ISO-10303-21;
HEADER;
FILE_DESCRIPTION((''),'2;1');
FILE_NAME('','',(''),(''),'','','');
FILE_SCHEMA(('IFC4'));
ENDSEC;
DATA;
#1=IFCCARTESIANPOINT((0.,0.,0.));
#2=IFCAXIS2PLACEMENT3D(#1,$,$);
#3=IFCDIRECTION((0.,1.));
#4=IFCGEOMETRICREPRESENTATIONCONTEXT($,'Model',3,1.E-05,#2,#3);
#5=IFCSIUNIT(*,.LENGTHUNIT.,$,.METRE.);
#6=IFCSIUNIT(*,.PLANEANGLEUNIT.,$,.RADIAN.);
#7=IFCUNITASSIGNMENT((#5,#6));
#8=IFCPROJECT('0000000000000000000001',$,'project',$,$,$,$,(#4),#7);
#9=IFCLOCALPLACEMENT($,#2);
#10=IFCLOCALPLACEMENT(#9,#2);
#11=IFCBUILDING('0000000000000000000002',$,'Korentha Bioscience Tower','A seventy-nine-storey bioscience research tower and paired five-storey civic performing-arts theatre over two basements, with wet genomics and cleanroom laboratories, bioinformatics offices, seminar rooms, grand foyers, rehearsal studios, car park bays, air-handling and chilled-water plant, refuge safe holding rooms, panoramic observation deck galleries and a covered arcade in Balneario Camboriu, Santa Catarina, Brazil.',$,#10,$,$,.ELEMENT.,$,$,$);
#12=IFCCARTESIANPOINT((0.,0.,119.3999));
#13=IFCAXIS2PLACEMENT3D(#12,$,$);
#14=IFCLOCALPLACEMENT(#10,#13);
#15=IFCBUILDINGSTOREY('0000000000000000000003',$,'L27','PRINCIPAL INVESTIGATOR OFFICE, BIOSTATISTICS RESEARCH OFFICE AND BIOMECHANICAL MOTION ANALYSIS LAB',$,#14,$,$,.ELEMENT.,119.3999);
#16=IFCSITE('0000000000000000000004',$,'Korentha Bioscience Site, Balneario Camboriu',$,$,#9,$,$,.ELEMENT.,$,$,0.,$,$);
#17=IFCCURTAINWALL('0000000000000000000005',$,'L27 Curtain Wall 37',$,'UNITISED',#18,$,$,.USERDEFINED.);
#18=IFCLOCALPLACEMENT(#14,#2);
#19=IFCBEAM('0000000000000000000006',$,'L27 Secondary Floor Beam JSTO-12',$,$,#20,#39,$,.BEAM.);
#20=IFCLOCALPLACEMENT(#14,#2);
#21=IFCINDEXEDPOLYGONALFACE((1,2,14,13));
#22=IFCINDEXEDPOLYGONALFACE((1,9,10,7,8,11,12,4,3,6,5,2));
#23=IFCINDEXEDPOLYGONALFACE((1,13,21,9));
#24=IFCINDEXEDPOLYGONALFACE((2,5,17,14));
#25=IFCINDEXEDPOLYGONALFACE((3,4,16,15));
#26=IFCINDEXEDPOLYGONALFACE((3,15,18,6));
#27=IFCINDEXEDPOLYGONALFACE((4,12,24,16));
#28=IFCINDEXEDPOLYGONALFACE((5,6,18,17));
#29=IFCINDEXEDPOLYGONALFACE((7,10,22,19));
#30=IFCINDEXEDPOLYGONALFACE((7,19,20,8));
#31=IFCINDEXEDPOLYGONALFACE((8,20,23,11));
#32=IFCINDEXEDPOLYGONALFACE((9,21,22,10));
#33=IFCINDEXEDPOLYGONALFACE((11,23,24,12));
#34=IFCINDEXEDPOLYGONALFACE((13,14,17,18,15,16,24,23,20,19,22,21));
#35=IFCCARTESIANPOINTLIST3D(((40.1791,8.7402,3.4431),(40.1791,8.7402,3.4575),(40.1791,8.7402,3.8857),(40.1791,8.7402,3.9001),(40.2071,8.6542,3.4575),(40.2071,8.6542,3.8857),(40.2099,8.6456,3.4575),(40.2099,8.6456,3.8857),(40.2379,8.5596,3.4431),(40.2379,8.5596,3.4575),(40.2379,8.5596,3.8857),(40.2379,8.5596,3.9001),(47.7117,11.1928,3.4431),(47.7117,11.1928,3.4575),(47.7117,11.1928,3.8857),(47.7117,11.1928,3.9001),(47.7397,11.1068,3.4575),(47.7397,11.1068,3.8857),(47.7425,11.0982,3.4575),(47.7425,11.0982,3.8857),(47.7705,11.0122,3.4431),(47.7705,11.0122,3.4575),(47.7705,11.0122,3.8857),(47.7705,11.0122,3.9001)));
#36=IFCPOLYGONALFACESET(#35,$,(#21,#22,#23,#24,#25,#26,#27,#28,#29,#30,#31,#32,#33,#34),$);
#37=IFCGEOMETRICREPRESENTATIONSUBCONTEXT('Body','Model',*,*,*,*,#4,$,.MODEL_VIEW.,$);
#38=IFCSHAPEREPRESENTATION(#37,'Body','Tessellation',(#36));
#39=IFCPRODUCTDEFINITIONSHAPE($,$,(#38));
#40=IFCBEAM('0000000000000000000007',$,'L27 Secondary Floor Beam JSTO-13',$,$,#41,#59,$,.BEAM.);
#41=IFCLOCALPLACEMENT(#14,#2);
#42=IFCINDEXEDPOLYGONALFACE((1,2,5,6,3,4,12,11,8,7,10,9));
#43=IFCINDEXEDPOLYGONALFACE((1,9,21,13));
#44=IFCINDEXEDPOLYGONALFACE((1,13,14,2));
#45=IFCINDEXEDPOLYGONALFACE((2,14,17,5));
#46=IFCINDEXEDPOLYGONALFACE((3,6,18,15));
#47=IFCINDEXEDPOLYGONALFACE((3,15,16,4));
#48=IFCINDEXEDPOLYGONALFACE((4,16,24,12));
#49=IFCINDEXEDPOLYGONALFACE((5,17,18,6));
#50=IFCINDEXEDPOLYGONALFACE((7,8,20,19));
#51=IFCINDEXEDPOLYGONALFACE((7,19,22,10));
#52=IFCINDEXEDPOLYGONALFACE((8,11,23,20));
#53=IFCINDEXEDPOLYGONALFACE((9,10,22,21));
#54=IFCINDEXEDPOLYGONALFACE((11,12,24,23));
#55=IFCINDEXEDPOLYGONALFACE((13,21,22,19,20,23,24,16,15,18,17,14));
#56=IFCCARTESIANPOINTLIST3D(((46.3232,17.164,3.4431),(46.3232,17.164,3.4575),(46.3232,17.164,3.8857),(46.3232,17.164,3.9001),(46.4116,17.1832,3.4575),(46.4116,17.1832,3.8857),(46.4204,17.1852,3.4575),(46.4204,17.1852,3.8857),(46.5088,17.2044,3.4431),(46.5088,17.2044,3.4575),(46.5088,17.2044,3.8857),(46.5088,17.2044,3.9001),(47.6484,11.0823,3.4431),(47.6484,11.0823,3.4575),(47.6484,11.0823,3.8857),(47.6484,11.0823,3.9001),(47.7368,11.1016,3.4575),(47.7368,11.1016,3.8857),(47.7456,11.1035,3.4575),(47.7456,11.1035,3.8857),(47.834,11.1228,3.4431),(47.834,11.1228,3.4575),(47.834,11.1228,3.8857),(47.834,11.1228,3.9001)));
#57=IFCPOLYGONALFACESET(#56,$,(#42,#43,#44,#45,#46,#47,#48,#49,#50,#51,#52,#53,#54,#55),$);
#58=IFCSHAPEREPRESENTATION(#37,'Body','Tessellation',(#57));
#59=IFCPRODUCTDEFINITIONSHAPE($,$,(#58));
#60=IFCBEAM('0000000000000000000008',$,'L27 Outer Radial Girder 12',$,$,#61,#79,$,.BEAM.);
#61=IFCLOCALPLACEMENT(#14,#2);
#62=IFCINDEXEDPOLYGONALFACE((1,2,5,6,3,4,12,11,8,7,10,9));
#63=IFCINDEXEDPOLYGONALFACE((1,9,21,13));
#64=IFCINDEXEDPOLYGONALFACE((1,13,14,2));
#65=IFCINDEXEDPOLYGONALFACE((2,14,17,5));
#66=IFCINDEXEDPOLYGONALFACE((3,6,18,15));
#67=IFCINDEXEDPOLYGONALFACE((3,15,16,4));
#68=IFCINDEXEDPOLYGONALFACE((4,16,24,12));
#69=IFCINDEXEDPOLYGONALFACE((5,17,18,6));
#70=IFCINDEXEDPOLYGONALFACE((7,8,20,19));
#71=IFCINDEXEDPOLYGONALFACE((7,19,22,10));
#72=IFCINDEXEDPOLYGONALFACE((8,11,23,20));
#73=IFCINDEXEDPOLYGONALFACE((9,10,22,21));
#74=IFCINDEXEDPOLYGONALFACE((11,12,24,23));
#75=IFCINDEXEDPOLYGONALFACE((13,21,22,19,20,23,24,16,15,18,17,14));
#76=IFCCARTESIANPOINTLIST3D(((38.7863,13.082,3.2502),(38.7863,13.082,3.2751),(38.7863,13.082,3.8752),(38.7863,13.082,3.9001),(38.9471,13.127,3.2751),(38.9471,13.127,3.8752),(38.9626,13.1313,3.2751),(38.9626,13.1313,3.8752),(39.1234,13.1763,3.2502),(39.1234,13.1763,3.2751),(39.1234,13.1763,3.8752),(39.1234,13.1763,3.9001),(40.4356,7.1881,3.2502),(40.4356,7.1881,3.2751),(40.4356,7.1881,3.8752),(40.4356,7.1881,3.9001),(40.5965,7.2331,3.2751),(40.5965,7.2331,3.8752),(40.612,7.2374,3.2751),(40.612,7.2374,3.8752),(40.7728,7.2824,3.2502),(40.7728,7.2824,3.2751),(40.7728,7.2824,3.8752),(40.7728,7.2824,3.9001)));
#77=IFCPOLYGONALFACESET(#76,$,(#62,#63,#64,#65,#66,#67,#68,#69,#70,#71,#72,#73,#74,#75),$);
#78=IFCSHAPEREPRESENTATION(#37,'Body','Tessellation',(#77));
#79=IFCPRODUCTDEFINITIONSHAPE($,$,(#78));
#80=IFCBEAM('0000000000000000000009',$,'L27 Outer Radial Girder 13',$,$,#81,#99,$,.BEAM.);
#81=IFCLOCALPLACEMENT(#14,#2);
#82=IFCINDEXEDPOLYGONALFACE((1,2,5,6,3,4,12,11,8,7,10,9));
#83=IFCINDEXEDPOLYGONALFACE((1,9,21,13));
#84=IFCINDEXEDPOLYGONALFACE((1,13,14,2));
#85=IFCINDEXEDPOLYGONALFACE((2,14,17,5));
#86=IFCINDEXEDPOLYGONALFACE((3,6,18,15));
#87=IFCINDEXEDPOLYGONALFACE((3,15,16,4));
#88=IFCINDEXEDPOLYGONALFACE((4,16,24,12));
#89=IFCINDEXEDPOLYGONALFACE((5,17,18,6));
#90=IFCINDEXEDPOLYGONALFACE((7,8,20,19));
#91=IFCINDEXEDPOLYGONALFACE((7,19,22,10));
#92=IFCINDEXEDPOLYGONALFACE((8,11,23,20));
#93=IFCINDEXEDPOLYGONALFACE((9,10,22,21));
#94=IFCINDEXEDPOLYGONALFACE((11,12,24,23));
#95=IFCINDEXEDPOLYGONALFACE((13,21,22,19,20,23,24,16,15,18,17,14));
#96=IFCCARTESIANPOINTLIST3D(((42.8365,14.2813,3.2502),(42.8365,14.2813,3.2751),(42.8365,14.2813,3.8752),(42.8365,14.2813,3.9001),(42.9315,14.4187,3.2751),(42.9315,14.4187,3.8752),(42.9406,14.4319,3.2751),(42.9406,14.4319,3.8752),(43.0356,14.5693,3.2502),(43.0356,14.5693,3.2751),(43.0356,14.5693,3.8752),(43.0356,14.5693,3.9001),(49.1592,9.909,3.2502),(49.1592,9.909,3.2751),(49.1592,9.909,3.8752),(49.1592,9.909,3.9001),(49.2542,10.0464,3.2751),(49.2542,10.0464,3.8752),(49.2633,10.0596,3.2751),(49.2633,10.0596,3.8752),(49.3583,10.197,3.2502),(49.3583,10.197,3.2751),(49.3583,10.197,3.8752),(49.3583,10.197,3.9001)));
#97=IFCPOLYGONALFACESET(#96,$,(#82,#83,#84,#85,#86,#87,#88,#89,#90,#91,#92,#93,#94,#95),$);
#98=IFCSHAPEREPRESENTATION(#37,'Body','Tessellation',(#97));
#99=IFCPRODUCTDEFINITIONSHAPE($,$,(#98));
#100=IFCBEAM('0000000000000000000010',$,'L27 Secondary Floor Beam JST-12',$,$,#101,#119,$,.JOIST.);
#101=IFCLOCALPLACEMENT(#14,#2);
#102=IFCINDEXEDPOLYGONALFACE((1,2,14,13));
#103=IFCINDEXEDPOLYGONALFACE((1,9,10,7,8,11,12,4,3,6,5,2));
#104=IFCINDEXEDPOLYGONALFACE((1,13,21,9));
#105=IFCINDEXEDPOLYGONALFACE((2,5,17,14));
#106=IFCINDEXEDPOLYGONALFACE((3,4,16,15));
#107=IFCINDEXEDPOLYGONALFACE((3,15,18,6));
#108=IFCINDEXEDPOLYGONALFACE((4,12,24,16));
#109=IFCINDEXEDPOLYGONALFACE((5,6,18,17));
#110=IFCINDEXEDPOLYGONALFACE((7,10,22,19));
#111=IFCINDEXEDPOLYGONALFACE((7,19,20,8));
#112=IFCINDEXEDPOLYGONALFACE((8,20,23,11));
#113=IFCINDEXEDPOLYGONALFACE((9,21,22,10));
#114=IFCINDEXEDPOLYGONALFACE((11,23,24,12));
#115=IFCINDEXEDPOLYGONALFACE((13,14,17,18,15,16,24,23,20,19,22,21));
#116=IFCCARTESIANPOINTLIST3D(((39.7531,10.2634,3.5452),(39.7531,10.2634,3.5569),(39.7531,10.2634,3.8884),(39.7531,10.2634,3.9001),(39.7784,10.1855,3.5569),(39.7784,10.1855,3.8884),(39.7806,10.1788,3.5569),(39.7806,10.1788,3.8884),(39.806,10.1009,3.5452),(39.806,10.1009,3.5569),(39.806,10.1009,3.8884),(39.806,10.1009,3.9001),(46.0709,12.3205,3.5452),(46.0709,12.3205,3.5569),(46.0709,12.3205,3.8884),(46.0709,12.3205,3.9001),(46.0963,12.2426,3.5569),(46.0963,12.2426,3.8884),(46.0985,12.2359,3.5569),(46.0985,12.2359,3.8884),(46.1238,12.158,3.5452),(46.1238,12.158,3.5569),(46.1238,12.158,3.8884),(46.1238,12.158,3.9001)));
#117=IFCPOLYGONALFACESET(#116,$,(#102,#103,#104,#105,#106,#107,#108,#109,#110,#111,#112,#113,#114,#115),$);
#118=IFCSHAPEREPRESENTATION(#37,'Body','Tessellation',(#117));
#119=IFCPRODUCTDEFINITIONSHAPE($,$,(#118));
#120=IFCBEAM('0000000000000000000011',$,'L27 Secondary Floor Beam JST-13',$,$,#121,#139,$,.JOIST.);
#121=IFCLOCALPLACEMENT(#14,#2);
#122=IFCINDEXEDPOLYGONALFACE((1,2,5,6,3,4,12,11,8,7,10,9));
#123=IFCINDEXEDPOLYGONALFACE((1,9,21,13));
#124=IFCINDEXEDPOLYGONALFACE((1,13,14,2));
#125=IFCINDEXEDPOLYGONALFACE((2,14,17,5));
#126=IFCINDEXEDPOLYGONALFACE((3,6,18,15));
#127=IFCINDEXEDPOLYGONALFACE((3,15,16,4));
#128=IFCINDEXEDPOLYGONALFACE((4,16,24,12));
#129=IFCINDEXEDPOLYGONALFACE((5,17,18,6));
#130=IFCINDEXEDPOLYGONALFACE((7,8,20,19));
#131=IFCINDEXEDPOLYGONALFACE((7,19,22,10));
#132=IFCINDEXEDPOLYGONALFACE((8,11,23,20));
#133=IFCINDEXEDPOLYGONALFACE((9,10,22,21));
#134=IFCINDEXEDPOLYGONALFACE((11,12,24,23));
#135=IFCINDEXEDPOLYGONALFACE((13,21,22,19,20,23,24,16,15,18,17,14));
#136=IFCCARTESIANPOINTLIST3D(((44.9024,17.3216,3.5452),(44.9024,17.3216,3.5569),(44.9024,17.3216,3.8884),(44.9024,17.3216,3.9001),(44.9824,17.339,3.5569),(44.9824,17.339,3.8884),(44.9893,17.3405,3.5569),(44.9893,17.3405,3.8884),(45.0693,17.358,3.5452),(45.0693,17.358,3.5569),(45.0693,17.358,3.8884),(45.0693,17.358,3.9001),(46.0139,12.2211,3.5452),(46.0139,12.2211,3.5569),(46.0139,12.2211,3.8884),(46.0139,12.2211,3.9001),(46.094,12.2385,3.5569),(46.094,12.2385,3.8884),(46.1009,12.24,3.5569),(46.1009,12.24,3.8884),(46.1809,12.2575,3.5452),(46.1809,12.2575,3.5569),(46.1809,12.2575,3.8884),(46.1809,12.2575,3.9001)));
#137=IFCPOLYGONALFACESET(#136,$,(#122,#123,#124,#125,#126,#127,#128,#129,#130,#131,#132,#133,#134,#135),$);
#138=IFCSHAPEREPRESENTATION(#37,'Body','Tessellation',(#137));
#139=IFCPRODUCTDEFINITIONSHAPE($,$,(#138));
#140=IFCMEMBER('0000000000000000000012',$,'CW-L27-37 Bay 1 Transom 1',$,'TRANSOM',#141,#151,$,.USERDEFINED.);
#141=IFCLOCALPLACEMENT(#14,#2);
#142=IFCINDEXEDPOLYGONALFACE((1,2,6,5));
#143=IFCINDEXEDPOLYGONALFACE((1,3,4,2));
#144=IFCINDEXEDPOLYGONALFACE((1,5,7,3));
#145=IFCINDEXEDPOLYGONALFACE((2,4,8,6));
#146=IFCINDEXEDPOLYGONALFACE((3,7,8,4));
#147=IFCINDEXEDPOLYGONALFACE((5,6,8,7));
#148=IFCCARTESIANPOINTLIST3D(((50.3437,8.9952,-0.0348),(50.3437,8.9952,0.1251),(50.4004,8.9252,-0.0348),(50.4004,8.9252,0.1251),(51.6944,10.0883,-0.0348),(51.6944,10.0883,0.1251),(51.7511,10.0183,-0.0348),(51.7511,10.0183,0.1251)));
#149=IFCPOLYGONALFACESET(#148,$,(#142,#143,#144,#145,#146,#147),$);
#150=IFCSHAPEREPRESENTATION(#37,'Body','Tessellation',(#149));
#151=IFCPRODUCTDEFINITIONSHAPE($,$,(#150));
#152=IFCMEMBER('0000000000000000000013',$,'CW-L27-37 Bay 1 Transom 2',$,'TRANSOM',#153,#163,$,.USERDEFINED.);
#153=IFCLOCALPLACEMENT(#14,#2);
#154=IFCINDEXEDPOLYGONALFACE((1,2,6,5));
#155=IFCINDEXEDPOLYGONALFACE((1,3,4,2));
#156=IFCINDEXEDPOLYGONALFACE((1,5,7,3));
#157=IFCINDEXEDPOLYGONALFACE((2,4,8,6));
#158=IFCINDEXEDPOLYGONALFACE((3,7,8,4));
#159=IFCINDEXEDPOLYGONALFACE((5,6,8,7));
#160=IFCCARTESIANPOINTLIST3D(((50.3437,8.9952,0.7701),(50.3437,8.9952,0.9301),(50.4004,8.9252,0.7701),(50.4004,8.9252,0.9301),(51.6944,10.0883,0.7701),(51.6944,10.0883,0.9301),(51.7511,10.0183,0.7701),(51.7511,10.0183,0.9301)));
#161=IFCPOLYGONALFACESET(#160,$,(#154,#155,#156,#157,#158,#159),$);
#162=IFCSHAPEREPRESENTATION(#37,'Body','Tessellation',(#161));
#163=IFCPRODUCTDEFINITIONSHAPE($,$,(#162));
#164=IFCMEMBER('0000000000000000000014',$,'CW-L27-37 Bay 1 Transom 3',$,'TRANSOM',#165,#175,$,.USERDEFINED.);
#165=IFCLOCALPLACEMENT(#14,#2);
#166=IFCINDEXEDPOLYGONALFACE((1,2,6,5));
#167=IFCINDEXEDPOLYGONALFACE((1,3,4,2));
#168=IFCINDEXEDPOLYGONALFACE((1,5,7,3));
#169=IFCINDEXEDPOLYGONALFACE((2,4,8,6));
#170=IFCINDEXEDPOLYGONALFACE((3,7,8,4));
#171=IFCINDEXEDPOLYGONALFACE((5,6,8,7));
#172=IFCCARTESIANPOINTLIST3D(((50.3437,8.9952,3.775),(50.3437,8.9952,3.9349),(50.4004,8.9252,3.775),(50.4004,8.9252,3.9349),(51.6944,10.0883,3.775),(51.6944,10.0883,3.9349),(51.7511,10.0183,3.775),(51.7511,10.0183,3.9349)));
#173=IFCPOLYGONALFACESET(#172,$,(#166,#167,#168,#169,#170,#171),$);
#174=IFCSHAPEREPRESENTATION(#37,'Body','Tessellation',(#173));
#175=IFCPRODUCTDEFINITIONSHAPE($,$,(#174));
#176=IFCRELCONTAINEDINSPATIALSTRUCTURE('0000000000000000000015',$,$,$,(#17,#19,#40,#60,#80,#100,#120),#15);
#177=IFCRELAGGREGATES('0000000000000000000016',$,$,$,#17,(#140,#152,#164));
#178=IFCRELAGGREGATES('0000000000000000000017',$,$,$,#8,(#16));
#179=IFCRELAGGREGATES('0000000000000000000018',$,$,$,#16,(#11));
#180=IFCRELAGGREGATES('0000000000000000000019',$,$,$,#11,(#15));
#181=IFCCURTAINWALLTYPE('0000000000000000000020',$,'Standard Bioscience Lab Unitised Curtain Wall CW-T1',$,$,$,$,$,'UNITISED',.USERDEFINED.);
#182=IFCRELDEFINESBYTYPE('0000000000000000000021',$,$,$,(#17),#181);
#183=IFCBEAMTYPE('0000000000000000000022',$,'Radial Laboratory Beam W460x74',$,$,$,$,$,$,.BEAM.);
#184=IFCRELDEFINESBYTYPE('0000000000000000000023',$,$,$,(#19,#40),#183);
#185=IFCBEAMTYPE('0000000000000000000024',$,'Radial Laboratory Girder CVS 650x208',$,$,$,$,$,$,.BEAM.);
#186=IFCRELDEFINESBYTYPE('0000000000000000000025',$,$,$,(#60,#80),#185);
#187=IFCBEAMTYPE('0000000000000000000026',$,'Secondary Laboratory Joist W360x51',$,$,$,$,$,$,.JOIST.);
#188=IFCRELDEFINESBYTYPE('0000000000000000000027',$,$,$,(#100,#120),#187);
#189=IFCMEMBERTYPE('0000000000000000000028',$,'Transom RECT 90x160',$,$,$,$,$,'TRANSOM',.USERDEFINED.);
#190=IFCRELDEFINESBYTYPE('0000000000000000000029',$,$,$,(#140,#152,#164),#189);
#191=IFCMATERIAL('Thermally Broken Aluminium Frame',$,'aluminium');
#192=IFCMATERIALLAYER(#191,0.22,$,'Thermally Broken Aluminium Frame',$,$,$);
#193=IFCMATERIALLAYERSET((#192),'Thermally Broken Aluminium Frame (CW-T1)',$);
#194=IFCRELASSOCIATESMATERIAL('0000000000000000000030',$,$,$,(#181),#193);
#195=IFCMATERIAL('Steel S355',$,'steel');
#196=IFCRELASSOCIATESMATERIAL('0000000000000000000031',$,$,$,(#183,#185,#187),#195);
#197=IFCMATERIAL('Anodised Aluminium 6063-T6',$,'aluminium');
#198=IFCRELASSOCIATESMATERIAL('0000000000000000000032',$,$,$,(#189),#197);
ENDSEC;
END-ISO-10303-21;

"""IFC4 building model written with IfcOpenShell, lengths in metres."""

from ifc_helpers import new_model, si_unit, direction, frame, origin, origin_2d, place, context, subcontext, project, spatial, rectangle, i_section, extrude, material, layer, layer_set, material_profile, profile_set, type_object, element, aggregate, save


model = new_model("IFC4")

# Units and contexts
model_context = context("Model", 3, precision=1e-05, world=origin(), true_north=direction((0.0, 1.0)))
body_context = subcontext(model_context, "Body", "Model", "MODEL_VIEW")
ifc_project = project(units=[si_unit("LENGTHUNIT", "METRE"), si_unit("PLANEANGLEUNIT", "RADIAN")], contexts=[model_context])

# Site, building, storey
site_placement = place(None, origin())
site = spatial("IfcSite", under=ifc_project, at=site_placement, Name="Korentha Bioscience Site, Balneario Camboriu", CompositionType="ELEMENT", RefElevation=0.0)
building_placement = place(site_placement, origin())
building = spatial("IfcBuilding", under=site, at=building_placement, Name="Korentha Bioscience Tower", Description="A seventy-nine-storey bioscience research tower and paired five-storey civic performing-arts theatre over two basements, with wet genomics and cleanroom laboratories, bioinformatics offices, seminar rooms, grand foyers, rehearsal studios, car park bays, air-handling and chilled-water plant, refuge safe holding rooms, panoramic observation deck galleries and a covered arcade in Balneario Camboriu, Santa Catarina, Brazil.", CompositionType="ELEMENT")
storey_placement = place(building_placement, frame((0.0, 0.0, 119.3999)))
storey = spatial("IfcBuildingStorey", under=building, at=storey_placement, Name="L27", Description="PRINCIPAL INVESTIGATOR OFFICE, BIOSTATISTICS RESEARCH OFFICE AND BIOMECHANICAL MOTION ANALYSIS LAB", CompositionType="ELEMENT", Elevation=119.3999)

# Shared definitions
ifc_material_1 = material(Name="Steel S355", Category="steel")

# Curtain wall
ifc_material_2 = material(Name="Thermally Broken Aluminium Frame", Category="aluminium")
ifc_layer_1 = layer(ifc_material_2, 0.22, Name="Thermally Broken Aluminium Frame")
ifc_layer_set_1 = layer_set([ifc_layer_1], Name="Thermally Broken Aluminium Frame (CW-T1)")
curtain_wall_type = type_object("IfcCurtainWallType", Name="Standard Bioscience Lab Unitised Curtain Wall CW-T1", ElementType="UNITISED", PredefinedType="USERDEFINED", material=ifc_layer_set_1)
curtain_wall_placement = place(storey_placement, origin())
curtain_wall = element("IfcCurtainWall", 1, at=curtain_wall_placement, inside=storey, type_object=curtain_wall_type, Name="L27 Curtain Wall 37", ObjectType="UNITISED", PredefinedType="USERDEFINED")
ifc_material_3 = material(Name="Anodised Aluminium 6063-T6", Category="aluminium")

# Beams
ifc_material_profile_1 = material_profile(ifc_material_1, i_section(OverallWidth=0.1899, OverallDepth=0.457, WebThickness=0.009, FlangeThickness=0.0144, at=origin_2d()), Name="Steel S355")
ifc_profile_set_1 = profile_set([ifc_material_profile_1], Name="Steel S355 (RB-460)")
beam_type_1 = type_object("IfcBeamType", Name="Radial Laboratory Beam W460x74", PredefinedType="BEAM", material=ifc_profile_set_1)
beam_1_placement = place(storey_placement, frame((40.2085, 8.6499, 3.6716), z_axis=(0.950867, 0.3096, 0.0), x_axis=(-0.3096, 0.950867, 0.0)))
element("IfcBeam", 2, at=beam_1_placement, inside=storey, type_object=beam_type_1, Name="L27 Secondary Floor Beam JSTO-12", PredefinedType="BEAM", context=body_context, shape_type="SweptSolid", body=[
    extrude(i_section(OverallWidth=0.1899, OverallDepth=0.457, WebThickness=0.009, FlangeThickness=0.0144, at=origin_2d()), origin(), (0.0, 0.0, 1.0), 7.9219),
])
beam_2_placement = place(storey_placement, frame((47.7412, 11.1025, 3.6716), z_axis=(-0.212908, 0.977072, 0.0), x_axis=(-0.977072, -0.212908, 0.0)))
element("IfcBeam", 3, at=beam_2_placement, inside=storey, type_object=beam_type_1, Name="L27 Secondary Floor Beam JSTO-13", PredefinedType="BEAM", context=body_context, shape_type="SweptSolid", body=[
    extrude(i_section(OverallWidth=0.1899, OverallDepth=0.457, WebThickness=0.009, FlangeThickness=0.0144, at=origin_2d()), origin(), (0.0, 0.0, 1.0), 6.2244),
])
ifc_material_profile_2 = material_profile(ifc_material_1, i_section(OverallWidth=0.3501, OverallDepth=0.6499, WebThickness=0.0161, FlangeThickness=0.0249, at=origin_2d()), Name="Steel S355")
ifc_profile_set_2 = profile_set([ifc_material_profile_2], Name="Steel S355 (RB-650)")
beam_type_2 = type_object("IfcBeamType", Name="Radial Laboratory Girder CVS 650x208", PredefinedType="BEAM", material=ifc_profile_set_2)
beam_3_placement = place(storey_placement, frame((38.9548, 13.1292, 3.5752), z_axis=(0.269491, -0.963003, 0.0), x_axis=(0.963003, 0.269491, 0.0)))
element("IfcBeam", 4, at=beam_3_placement, inside=storey, type_object=beam_type_2, Name="L27 Outer Radial Girder 12", PredefinedType="BEAM", context=body_context, shape_type="SweptSolid", body=[
    extrude(i_section(OverallWidth=0.3501, OverallDepth=0.6499, WebThickness=0.0161, FlangeThickness=0.0249, at=origin_2d()), origin(), (0.0, 0.0, 1.0), 6.1204),
])
beam_4_placement = place(storey_placement, frame((42.936, 14.4253, 3.5752), z_axis=(0.822495, -0.568772, 0.0), x_axis=(0.568772, 0.822495, 0.0)))
element("IfcBeam", 5, at=beam_4_placement, inside=storey, type_object=beam_type_2, Name="L27 Outer Radial Girder 13", PredefinedType="BEAM", context=body_context, shape_type="SweptSolid", body=[
    extrude(i_section(OverallWidth=0.3501, OverallDepth=0.6499, WebThickness=0.0161, FlangeThickness=0.0249, at=origin_2d()), origin(), (0.0, 0.0, 1.0), 7.6873),
])
ifc_material_profile_3 = material_profile(ifc_material_1, i_section(OverallWidth=0.1709, OverallDepth=0.355, WebThickness=0.0071, FlangeThickness=0.0117, at=origin_2d()), Name="Steel S355")
ifc_profile_set_3 = profile_set([ifc_material_profile_3], Name="Steel S355 (JB-360)")
beam_type_3 = type_object("IfcBeamType", Name="Secondary Laboratory Joist W360x51", PredefinedType="JOIST", material=ifc_profile_set_3)
beam_5_placement = place(storey_placement, frame((39.7795, 10.1821, 3.7227), z_axis=(0.950865, 0.309606, 0.0), x_axis=(-0.309606, 0.950865, 0.0)))
element("IfcBeam", 6, at=beam_5_placement, inside=storey, type_object=beam_type_3, Name="L27 Secondary Floor Beam JST-12", PredefinedType="JOIST", context=body_context, shape_type="SweptSolid", body=[
    extrude(i_section(OverallWidth=0.1709, OverallDepth=0.355, WebThickness=0.0071, FlangeThickness=0.0117, at=origin_2d()), origin(), (0.0, 0.0, 1.0), 6.6443),
])
beam_6_placement = place(storey_placement, frame((46.0974, 12.2393, 3.7227), z_axis=(-0.212932, 0.977067, 0.0), x_axis=(-0.977067, -0.212932, 0.0)))
element("IfcBeam", 7, at=beam_6_placement, inside=storey, type_object=beam_type_3, Name="L27 Secondary Floor Beam JST-13", PredefinedType="JOIST", context=body_context, shape_type="SweptSolid", body=[
    extrude(i_section(OverallWidth=0.1709, OverallDepth=0.355, WebThickness=0.0071, FlangeThickness=0.0117, at=origin_2d()), origin(), (0.0, 0.0, 1.0), 5.2202),
])

# Members
ifc_material_profile_4 = material_profile(ifc_material_3, rectangle(XDim=0.0901, YDim=0.1599, at=origin_2d()), Name="Anodised Aluminium 6063-T6")
ifc_profile_set_4 = profile_set([ifc_material_profile_4], Name="Anodised Aluminium 6063-T6 (CW-TRN)")
member_type_1 = type_object("IfcMemberType", Name="Transom RECT 90x160", ElementType="TRANSOM", PredefinedType="USERDEFINED", material=ifc_profile_set_4)
member_1_placement = place(storey_placement, frame((50.3721, 8.9602, 0.0452), z_axis=(0.777333, 0.629089, 0.0), x_axis=(-0.629089, 0.777333, 0.0)))
member_1 = element("IfcMember", 8, at=member_1_placement, type_object=member_type_1, Name="CW-L27-37 Bay 1 Transom 1", ObjectType="TRANSOM", PredefinedType="USERDEFINED", context=body_context, shape_type="SweptSolid", body=[
    extrude(rectangle(XDim=0.0901, YDim=0.1599, at=origin_2d()), origin(), (0.0, 0.0, 1.0), 1.7375),
])
member_2_placement = place(storey_placement, frame((50.3721, 8.9602, 0.8501), z_axis=(0.777333, 0.629089, 0.0), x_axis=(-0.629089, 0.777333, 0.0)))
member_2 = element("IfcMember", 9, at=member_2_placement, type_object=member_type_1, Name="CW-L27-37 Bay 1 Transom 2", ObjectType="TRANSOM", PredefinedType="USERDEFINED", context=body_context, shape_type="SweptSolid", body=[
    extrude(rectangle(XDim=0.0901, YDim=0.1599, at=origin_2d()), origin(), (0.0, 0.0, 1.0), 1.7375),
])
member_3_placement = place(storey_placement, frame((50.3721, 8.9602, 3.855), z_axis=(0.777333, 0.629089, 0.0), x_axis=(-0.629089, 0.777333, 0.0)))
member_3 = element("IfcMember", 10, at=member_3_placement, type_object=member_type_1, Name="CW-L27-37 Bay 1 Transom 3", ObjectType="TRANSOM", PredefinedType="USERDEFINED", context=body_context, shape_type="SweptSolid", body=[
    extrude(rectangle(XDim=0.0901, YDim=0.1599, at=origin_2d()), origin(), (0.0, 0.0, 1.0), 1.7375),
])

aggregate(curtain_wall, [member_1, member_2, member_3])

save(model, "model.ifc")
